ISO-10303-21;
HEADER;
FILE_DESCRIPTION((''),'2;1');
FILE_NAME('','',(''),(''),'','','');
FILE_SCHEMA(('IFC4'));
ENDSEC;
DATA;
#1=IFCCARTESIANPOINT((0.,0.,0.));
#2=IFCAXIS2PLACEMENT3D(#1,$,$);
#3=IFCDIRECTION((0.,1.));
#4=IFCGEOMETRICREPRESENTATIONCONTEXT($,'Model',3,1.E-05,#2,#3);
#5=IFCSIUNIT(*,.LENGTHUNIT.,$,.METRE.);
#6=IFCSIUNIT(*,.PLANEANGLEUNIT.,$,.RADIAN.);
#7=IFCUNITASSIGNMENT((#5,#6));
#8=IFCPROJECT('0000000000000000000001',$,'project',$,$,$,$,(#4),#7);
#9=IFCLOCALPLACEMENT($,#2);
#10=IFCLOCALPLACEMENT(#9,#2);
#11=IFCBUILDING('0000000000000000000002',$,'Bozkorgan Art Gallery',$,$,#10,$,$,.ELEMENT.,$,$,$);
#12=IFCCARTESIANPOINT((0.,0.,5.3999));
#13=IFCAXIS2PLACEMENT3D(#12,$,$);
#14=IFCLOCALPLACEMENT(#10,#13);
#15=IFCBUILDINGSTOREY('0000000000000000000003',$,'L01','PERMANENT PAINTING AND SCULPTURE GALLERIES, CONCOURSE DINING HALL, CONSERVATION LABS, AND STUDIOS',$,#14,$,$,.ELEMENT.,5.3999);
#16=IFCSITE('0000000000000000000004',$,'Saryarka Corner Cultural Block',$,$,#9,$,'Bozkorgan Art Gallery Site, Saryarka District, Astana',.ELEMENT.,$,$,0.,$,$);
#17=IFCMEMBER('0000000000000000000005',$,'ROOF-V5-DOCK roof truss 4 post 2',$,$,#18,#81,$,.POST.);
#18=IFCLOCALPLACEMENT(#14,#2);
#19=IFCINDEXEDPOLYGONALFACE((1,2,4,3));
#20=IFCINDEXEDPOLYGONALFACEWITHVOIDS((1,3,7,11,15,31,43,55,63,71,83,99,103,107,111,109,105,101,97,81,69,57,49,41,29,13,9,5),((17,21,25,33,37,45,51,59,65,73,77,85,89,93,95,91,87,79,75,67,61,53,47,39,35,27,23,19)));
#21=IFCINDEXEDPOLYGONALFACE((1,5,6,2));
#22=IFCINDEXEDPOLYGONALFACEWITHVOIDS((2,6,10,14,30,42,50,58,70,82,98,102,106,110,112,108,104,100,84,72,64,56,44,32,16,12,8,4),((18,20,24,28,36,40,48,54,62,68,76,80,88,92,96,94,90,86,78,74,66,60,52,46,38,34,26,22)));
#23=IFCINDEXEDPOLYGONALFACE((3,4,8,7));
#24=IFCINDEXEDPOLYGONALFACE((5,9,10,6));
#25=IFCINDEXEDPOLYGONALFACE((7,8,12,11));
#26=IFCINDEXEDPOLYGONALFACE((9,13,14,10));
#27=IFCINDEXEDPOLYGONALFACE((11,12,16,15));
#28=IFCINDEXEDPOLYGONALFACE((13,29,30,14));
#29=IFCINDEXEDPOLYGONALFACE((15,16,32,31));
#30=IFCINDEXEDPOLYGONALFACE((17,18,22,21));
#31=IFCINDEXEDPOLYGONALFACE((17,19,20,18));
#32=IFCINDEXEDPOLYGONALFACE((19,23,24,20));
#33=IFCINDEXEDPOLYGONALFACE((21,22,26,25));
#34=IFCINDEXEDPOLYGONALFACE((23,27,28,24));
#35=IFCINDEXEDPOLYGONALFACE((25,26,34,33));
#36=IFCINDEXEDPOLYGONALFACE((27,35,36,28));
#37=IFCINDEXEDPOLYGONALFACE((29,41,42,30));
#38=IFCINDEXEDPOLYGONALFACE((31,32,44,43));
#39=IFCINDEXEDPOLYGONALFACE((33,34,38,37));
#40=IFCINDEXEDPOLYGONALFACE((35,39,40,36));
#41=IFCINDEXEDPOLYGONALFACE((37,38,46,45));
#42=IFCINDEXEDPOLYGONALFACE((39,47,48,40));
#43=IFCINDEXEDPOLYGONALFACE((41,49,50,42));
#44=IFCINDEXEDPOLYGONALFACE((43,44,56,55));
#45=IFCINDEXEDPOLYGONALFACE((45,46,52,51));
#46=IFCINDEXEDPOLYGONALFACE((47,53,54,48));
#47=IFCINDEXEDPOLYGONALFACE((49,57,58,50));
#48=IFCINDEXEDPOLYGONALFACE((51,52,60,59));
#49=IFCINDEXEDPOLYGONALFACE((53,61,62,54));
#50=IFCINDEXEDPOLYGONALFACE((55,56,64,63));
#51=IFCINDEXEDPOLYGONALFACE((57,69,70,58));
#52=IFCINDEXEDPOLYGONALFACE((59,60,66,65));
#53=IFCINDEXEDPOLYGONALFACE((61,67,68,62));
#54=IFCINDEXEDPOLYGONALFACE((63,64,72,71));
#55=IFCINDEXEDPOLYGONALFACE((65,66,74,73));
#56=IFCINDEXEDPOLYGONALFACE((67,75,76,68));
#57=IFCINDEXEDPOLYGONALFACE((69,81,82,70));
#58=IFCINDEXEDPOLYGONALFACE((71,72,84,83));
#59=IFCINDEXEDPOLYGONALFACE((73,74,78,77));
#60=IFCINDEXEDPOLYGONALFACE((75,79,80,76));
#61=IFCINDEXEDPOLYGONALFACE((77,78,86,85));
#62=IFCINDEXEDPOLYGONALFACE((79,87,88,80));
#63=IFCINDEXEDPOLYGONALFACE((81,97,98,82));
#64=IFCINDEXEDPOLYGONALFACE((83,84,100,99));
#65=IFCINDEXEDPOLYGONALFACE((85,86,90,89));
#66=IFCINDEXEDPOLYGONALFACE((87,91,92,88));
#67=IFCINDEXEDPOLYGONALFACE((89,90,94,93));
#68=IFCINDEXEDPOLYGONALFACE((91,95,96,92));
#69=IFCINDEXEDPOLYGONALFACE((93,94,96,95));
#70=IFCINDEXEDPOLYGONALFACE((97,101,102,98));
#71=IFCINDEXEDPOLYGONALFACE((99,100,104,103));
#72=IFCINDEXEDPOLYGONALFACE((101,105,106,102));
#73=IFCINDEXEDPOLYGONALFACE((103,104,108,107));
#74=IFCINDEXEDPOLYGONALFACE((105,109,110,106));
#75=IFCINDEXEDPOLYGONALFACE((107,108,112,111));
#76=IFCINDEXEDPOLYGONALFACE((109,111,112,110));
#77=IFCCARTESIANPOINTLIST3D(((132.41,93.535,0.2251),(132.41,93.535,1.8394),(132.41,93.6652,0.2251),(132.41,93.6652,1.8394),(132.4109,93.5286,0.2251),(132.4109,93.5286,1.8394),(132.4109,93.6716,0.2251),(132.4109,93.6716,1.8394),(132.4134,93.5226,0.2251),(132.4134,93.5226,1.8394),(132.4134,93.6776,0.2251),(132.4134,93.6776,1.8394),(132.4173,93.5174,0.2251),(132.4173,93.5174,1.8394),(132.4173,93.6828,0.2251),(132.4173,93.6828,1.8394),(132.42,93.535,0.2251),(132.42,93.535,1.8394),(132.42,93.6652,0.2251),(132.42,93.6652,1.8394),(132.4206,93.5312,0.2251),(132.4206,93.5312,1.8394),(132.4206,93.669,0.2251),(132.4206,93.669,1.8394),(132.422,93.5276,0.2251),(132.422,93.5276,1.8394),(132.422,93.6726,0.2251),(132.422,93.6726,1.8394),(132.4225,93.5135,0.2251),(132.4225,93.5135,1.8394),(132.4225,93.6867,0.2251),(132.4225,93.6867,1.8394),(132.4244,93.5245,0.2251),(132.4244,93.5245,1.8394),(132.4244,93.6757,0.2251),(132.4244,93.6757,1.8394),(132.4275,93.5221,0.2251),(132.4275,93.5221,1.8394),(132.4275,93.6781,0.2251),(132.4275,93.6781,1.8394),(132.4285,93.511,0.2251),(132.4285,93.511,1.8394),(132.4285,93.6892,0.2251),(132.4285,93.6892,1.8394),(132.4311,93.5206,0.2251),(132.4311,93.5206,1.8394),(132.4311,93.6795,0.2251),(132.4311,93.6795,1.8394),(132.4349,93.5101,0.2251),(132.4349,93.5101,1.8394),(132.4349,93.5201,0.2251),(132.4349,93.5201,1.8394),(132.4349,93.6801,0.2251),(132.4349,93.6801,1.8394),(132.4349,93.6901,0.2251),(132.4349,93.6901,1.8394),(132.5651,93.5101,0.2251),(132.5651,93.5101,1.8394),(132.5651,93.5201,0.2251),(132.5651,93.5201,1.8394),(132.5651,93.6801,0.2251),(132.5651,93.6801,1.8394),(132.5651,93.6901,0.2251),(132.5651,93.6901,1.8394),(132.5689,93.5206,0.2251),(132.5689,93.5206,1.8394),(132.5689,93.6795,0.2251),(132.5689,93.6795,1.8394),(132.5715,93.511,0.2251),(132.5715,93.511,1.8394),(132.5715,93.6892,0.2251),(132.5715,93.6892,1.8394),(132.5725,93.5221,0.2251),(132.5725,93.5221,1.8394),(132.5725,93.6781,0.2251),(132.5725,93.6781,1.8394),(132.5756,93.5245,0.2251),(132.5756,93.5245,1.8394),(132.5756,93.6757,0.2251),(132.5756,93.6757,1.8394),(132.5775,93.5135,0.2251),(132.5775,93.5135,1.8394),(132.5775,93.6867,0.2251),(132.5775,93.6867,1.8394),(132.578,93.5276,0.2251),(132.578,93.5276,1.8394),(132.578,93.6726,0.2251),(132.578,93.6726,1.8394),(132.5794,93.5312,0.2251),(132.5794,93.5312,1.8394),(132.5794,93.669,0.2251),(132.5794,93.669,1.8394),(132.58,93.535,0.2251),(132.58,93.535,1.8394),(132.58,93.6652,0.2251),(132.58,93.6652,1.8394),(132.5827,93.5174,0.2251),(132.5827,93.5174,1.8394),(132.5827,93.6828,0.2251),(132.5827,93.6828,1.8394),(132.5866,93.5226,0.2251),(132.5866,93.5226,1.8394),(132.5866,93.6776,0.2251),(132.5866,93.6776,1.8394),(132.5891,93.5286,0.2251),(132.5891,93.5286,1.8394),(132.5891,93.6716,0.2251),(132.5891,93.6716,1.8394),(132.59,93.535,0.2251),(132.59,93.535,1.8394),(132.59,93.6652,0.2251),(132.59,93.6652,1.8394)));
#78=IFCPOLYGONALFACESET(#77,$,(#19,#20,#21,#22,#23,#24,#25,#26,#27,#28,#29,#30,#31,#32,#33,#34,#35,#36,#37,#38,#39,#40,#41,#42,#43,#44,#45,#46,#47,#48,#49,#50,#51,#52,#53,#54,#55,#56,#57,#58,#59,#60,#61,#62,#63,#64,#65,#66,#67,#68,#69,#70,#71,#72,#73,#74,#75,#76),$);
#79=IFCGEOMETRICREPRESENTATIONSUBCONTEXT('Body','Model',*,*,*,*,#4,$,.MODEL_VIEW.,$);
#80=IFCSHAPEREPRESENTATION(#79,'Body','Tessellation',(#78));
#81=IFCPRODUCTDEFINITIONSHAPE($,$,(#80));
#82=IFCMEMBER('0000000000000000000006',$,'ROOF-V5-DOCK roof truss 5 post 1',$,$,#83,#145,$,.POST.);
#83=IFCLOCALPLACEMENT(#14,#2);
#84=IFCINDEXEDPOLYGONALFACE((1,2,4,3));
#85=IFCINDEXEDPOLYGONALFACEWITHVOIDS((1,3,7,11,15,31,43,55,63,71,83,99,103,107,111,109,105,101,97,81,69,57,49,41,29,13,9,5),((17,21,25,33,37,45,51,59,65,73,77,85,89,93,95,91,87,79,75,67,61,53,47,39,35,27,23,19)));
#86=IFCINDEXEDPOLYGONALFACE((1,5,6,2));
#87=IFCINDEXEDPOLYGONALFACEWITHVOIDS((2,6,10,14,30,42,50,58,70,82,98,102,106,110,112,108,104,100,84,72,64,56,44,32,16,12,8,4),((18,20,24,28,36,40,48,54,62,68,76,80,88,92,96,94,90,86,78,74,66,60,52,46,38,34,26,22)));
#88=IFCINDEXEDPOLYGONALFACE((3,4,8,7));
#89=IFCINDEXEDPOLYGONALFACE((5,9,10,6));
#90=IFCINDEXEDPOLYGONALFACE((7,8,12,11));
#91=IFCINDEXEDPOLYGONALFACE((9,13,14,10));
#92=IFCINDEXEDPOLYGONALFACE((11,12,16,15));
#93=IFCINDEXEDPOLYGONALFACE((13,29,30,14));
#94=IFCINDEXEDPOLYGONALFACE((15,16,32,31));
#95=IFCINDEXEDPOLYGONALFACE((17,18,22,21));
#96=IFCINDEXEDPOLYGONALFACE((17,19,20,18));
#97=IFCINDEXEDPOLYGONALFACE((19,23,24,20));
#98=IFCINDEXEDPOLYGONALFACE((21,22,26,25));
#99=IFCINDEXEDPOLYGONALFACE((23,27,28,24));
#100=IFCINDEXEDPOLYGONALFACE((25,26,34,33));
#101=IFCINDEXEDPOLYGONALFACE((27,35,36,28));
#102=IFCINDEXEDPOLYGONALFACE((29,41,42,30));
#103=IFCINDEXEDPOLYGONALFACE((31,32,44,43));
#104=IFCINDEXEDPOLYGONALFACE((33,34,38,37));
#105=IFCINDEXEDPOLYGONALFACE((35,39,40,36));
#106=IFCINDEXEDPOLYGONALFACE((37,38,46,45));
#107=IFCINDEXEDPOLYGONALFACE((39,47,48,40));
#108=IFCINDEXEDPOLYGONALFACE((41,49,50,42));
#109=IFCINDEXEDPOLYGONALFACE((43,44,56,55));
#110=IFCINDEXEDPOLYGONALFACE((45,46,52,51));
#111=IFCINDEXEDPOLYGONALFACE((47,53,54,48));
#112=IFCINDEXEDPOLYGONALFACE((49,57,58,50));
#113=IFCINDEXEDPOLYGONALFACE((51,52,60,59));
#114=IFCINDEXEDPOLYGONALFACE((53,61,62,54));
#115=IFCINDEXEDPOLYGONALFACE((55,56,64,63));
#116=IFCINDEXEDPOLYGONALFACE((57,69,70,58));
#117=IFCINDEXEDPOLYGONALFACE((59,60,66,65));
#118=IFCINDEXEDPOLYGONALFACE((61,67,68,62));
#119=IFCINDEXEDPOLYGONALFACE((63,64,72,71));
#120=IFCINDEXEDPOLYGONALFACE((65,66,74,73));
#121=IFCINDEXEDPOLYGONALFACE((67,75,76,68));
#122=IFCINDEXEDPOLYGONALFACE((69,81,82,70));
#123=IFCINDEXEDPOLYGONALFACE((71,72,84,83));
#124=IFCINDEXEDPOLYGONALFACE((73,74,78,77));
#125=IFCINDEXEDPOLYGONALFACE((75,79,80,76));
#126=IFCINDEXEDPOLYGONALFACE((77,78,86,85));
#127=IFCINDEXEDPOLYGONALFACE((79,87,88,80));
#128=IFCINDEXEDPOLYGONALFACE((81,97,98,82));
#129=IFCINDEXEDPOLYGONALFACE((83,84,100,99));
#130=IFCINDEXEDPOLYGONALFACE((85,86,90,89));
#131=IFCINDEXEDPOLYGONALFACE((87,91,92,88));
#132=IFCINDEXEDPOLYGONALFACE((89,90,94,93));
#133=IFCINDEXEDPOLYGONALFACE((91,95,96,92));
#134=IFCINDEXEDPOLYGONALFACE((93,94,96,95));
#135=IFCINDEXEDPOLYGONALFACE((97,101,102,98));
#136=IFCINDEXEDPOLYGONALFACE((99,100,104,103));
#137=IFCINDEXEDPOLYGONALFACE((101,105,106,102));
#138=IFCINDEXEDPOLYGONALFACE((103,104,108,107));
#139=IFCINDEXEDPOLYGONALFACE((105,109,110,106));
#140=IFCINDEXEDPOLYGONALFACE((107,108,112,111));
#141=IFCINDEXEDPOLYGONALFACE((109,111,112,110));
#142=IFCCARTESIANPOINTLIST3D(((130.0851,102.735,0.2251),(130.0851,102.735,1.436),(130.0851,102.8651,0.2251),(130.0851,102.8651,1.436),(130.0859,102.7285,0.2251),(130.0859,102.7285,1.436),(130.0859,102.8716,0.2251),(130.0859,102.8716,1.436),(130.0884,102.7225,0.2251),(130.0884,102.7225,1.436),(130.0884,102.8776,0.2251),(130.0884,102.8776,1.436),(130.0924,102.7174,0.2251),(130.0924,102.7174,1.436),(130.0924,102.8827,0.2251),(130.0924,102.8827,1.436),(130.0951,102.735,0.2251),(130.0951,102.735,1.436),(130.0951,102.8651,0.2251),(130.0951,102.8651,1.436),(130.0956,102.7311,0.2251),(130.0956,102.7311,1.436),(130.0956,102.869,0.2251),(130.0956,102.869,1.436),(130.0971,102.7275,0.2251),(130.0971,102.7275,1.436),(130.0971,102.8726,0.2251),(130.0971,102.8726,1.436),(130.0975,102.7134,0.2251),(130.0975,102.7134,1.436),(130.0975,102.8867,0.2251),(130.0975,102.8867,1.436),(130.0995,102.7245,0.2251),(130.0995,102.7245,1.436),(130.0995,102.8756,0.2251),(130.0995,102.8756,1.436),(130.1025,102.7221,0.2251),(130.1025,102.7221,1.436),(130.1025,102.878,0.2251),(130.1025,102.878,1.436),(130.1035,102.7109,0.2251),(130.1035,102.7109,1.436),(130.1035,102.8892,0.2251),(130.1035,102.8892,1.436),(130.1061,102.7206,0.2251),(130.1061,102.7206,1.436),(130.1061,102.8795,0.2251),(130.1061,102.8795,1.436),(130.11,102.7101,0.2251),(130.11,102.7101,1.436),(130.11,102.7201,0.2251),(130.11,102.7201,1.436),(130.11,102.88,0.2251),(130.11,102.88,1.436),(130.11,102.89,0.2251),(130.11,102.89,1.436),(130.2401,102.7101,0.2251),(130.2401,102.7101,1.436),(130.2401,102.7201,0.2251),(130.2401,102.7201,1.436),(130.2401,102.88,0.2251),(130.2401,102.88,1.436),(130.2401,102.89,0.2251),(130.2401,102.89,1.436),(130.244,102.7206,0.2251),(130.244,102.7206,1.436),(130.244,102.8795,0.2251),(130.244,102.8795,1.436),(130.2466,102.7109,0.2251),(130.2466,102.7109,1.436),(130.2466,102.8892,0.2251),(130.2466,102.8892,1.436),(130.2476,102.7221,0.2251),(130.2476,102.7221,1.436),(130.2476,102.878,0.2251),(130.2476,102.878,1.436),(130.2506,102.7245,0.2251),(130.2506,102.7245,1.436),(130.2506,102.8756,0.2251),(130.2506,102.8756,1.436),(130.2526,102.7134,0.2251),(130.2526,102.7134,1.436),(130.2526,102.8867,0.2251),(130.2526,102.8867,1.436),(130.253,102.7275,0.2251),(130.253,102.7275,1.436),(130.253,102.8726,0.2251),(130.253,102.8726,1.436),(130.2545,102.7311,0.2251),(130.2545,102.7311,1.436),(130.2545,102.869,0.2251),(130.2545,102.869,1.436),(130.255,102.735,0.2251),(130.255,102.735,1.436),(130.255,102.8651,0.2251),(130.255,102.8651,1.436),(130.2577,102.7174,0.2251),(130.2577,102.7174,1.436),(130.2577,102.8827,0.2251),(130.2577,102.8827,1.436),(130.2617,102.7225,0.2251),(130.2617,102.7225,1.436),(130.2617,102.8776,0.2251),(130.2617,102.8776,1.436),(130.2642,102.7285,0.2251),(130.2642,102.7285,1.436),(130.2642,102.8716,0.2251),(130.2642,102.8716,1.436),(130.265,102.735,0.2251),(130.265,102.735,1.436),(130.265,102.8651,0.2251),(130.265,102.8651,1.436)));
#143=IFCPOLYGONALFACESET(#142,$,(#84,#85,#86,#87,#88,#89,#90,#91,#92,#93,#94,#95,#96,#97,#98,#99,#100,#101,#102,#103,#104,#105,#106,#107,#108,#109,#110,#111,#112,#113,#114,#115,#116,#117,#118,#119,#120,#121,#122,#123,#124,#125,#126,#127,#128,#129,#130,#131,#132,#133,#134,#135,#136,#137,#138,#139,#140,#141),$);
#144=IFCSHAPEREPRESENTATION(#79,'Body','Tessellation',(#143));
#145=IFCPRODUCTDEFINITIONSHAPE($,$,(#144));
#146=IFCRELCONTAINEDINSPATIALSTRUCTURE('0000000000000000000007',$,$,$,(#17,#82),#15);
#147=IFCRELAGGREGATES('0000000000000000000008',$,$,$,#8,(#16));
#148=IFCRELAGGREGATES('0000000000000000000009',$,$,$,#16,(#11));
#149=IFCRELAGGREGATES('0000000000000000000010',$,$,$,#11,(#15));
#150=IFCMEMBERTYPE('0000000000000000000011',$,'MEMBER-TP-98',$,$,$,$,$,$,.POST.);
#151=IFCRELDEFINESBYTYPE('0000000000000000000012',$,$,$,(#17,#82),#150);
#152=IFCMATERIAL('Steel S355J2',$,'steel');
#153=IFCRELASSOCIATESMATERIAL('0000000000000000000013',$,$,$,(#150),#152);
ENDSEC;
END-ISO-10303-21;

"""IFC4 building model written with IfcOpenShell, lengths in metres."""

from ifc_helpers import new_model, si_unit, direction, frame, origin, origin_2d, place, context, subcontext, project, spatial, hollow_rectangle, extrude, material, material_profile, profile_set, type_object, element, save


model = new_model("IFC4")

# Units and contexts
model_context = context("Model", 3, precision=1e-05, world=origin(), true_north=direction((0.0, 1.0)))
body_context = subcontext(model_context, "Body", "Model", "MODEL_VIEW")
ifc_project = project(units=[si_unit("LENGTHUNIT", "METRE"), si_unit("PLANEANGLEUNIT", "RADIAN")], contexts=[model_context])

# Site, building, storey
site_placement = place(None, origin())
site = spatial("IfcSite", under=ifc_project, at=site_placement, Name="Saryarka Corner Cultural Block", LongName="Bozkorgan Art Gallery Site, Saryarka District, Astana", CompositionType="ELEMENT", RefElevation=0.0)
building_placement = place(site_placement, origin())
building = spatial("IfcBuilding", under=site, at=building_placement, Name="Bozkorgan Art Gallery", CompositionType="ELEMENT")
storey_placement = place(building_placement, frame((0.0, 0.0, 5.3999)))
storey = spatial("IfcBuildingStorey", under=building, at=storey_placement, Name="L01", Description="PERMANENT PAINTING AND SCULPTURE GALLERIES, CONCOURSE DINING HALL, CONSERVATION LABS, AND STUDIOS", CompositionType="ELEMENT", Elevation=5.3999)

# Members
ifc_material_1 = material(Name="Steel S355J2", Category="steel")
ifc_material_profile_1 = material_profile(ifc_material_1, hollow_rectangle(XDim=0.1799, YDim=0.1799, WallThickness=0.01, InnerFilletRadius=0.0149, OuterFilletRadius=0.0249, at=origin_2d()), Name="SHS 180x180x10")
ifc_profile_set_1 = profile_set([ifc_material_profile_1], Name="Steel S355J2")
member_type_1 = type_object("IfcMemberType", Name="MEMBER-TP-98", PredefinedType="POST", material=ifc_profile_set_1)
member_1_placement = place(storey_placement, frame((132.5, 93.6001, 0.2251), z_axis=(0.0, 0.0, 1.0), x_axis=(1.0, 0.0, 0.0)))
element("IfcMember", 1, at=member_1_placement, inside=storey, type_object=member_type_1, Name="ROOF-V5-DOCK roof truss 4 post 2", PredefinedType="POST", context=body_context, shape_type="SweptSolid", body=[
    extrude(hollow_rectangle(XDim=0.1799, YDim=0.1799, WallThickness=0.01, InnerFilletRadius=0.0149, OuterFilletRadius=0.0249, at=origin_2d()), origin(), (0.0, 0.0, 1.0), 1.6143),
])
member_2_placement = place(storey_placement, frame((130.175, 102.8, 0.2251), z_axis=(0.0, 0.0, 1.0), x_axis=(1.0, 0.0, 0.0)))
element("IfcMember", 2, at=member_2_placement, inside=storey, type_object=member_type_1, Name="ROOF-V5-DOCK roof truss 5 post 1", PredefinedType="POST", context=body_context, shape_type="SweptSolid", body=[
    extrude(hollow_rectangle(XDim=0.1799, YDim=0.1799, WallThickness=0.01, InnerFilletRadius=0.0149, OuterFilletRadius=0.0249, at=origin_2d()), origin(), (0.0, 0.0, 1.0), 1.2109),
])

save(model, "model.ifc")
